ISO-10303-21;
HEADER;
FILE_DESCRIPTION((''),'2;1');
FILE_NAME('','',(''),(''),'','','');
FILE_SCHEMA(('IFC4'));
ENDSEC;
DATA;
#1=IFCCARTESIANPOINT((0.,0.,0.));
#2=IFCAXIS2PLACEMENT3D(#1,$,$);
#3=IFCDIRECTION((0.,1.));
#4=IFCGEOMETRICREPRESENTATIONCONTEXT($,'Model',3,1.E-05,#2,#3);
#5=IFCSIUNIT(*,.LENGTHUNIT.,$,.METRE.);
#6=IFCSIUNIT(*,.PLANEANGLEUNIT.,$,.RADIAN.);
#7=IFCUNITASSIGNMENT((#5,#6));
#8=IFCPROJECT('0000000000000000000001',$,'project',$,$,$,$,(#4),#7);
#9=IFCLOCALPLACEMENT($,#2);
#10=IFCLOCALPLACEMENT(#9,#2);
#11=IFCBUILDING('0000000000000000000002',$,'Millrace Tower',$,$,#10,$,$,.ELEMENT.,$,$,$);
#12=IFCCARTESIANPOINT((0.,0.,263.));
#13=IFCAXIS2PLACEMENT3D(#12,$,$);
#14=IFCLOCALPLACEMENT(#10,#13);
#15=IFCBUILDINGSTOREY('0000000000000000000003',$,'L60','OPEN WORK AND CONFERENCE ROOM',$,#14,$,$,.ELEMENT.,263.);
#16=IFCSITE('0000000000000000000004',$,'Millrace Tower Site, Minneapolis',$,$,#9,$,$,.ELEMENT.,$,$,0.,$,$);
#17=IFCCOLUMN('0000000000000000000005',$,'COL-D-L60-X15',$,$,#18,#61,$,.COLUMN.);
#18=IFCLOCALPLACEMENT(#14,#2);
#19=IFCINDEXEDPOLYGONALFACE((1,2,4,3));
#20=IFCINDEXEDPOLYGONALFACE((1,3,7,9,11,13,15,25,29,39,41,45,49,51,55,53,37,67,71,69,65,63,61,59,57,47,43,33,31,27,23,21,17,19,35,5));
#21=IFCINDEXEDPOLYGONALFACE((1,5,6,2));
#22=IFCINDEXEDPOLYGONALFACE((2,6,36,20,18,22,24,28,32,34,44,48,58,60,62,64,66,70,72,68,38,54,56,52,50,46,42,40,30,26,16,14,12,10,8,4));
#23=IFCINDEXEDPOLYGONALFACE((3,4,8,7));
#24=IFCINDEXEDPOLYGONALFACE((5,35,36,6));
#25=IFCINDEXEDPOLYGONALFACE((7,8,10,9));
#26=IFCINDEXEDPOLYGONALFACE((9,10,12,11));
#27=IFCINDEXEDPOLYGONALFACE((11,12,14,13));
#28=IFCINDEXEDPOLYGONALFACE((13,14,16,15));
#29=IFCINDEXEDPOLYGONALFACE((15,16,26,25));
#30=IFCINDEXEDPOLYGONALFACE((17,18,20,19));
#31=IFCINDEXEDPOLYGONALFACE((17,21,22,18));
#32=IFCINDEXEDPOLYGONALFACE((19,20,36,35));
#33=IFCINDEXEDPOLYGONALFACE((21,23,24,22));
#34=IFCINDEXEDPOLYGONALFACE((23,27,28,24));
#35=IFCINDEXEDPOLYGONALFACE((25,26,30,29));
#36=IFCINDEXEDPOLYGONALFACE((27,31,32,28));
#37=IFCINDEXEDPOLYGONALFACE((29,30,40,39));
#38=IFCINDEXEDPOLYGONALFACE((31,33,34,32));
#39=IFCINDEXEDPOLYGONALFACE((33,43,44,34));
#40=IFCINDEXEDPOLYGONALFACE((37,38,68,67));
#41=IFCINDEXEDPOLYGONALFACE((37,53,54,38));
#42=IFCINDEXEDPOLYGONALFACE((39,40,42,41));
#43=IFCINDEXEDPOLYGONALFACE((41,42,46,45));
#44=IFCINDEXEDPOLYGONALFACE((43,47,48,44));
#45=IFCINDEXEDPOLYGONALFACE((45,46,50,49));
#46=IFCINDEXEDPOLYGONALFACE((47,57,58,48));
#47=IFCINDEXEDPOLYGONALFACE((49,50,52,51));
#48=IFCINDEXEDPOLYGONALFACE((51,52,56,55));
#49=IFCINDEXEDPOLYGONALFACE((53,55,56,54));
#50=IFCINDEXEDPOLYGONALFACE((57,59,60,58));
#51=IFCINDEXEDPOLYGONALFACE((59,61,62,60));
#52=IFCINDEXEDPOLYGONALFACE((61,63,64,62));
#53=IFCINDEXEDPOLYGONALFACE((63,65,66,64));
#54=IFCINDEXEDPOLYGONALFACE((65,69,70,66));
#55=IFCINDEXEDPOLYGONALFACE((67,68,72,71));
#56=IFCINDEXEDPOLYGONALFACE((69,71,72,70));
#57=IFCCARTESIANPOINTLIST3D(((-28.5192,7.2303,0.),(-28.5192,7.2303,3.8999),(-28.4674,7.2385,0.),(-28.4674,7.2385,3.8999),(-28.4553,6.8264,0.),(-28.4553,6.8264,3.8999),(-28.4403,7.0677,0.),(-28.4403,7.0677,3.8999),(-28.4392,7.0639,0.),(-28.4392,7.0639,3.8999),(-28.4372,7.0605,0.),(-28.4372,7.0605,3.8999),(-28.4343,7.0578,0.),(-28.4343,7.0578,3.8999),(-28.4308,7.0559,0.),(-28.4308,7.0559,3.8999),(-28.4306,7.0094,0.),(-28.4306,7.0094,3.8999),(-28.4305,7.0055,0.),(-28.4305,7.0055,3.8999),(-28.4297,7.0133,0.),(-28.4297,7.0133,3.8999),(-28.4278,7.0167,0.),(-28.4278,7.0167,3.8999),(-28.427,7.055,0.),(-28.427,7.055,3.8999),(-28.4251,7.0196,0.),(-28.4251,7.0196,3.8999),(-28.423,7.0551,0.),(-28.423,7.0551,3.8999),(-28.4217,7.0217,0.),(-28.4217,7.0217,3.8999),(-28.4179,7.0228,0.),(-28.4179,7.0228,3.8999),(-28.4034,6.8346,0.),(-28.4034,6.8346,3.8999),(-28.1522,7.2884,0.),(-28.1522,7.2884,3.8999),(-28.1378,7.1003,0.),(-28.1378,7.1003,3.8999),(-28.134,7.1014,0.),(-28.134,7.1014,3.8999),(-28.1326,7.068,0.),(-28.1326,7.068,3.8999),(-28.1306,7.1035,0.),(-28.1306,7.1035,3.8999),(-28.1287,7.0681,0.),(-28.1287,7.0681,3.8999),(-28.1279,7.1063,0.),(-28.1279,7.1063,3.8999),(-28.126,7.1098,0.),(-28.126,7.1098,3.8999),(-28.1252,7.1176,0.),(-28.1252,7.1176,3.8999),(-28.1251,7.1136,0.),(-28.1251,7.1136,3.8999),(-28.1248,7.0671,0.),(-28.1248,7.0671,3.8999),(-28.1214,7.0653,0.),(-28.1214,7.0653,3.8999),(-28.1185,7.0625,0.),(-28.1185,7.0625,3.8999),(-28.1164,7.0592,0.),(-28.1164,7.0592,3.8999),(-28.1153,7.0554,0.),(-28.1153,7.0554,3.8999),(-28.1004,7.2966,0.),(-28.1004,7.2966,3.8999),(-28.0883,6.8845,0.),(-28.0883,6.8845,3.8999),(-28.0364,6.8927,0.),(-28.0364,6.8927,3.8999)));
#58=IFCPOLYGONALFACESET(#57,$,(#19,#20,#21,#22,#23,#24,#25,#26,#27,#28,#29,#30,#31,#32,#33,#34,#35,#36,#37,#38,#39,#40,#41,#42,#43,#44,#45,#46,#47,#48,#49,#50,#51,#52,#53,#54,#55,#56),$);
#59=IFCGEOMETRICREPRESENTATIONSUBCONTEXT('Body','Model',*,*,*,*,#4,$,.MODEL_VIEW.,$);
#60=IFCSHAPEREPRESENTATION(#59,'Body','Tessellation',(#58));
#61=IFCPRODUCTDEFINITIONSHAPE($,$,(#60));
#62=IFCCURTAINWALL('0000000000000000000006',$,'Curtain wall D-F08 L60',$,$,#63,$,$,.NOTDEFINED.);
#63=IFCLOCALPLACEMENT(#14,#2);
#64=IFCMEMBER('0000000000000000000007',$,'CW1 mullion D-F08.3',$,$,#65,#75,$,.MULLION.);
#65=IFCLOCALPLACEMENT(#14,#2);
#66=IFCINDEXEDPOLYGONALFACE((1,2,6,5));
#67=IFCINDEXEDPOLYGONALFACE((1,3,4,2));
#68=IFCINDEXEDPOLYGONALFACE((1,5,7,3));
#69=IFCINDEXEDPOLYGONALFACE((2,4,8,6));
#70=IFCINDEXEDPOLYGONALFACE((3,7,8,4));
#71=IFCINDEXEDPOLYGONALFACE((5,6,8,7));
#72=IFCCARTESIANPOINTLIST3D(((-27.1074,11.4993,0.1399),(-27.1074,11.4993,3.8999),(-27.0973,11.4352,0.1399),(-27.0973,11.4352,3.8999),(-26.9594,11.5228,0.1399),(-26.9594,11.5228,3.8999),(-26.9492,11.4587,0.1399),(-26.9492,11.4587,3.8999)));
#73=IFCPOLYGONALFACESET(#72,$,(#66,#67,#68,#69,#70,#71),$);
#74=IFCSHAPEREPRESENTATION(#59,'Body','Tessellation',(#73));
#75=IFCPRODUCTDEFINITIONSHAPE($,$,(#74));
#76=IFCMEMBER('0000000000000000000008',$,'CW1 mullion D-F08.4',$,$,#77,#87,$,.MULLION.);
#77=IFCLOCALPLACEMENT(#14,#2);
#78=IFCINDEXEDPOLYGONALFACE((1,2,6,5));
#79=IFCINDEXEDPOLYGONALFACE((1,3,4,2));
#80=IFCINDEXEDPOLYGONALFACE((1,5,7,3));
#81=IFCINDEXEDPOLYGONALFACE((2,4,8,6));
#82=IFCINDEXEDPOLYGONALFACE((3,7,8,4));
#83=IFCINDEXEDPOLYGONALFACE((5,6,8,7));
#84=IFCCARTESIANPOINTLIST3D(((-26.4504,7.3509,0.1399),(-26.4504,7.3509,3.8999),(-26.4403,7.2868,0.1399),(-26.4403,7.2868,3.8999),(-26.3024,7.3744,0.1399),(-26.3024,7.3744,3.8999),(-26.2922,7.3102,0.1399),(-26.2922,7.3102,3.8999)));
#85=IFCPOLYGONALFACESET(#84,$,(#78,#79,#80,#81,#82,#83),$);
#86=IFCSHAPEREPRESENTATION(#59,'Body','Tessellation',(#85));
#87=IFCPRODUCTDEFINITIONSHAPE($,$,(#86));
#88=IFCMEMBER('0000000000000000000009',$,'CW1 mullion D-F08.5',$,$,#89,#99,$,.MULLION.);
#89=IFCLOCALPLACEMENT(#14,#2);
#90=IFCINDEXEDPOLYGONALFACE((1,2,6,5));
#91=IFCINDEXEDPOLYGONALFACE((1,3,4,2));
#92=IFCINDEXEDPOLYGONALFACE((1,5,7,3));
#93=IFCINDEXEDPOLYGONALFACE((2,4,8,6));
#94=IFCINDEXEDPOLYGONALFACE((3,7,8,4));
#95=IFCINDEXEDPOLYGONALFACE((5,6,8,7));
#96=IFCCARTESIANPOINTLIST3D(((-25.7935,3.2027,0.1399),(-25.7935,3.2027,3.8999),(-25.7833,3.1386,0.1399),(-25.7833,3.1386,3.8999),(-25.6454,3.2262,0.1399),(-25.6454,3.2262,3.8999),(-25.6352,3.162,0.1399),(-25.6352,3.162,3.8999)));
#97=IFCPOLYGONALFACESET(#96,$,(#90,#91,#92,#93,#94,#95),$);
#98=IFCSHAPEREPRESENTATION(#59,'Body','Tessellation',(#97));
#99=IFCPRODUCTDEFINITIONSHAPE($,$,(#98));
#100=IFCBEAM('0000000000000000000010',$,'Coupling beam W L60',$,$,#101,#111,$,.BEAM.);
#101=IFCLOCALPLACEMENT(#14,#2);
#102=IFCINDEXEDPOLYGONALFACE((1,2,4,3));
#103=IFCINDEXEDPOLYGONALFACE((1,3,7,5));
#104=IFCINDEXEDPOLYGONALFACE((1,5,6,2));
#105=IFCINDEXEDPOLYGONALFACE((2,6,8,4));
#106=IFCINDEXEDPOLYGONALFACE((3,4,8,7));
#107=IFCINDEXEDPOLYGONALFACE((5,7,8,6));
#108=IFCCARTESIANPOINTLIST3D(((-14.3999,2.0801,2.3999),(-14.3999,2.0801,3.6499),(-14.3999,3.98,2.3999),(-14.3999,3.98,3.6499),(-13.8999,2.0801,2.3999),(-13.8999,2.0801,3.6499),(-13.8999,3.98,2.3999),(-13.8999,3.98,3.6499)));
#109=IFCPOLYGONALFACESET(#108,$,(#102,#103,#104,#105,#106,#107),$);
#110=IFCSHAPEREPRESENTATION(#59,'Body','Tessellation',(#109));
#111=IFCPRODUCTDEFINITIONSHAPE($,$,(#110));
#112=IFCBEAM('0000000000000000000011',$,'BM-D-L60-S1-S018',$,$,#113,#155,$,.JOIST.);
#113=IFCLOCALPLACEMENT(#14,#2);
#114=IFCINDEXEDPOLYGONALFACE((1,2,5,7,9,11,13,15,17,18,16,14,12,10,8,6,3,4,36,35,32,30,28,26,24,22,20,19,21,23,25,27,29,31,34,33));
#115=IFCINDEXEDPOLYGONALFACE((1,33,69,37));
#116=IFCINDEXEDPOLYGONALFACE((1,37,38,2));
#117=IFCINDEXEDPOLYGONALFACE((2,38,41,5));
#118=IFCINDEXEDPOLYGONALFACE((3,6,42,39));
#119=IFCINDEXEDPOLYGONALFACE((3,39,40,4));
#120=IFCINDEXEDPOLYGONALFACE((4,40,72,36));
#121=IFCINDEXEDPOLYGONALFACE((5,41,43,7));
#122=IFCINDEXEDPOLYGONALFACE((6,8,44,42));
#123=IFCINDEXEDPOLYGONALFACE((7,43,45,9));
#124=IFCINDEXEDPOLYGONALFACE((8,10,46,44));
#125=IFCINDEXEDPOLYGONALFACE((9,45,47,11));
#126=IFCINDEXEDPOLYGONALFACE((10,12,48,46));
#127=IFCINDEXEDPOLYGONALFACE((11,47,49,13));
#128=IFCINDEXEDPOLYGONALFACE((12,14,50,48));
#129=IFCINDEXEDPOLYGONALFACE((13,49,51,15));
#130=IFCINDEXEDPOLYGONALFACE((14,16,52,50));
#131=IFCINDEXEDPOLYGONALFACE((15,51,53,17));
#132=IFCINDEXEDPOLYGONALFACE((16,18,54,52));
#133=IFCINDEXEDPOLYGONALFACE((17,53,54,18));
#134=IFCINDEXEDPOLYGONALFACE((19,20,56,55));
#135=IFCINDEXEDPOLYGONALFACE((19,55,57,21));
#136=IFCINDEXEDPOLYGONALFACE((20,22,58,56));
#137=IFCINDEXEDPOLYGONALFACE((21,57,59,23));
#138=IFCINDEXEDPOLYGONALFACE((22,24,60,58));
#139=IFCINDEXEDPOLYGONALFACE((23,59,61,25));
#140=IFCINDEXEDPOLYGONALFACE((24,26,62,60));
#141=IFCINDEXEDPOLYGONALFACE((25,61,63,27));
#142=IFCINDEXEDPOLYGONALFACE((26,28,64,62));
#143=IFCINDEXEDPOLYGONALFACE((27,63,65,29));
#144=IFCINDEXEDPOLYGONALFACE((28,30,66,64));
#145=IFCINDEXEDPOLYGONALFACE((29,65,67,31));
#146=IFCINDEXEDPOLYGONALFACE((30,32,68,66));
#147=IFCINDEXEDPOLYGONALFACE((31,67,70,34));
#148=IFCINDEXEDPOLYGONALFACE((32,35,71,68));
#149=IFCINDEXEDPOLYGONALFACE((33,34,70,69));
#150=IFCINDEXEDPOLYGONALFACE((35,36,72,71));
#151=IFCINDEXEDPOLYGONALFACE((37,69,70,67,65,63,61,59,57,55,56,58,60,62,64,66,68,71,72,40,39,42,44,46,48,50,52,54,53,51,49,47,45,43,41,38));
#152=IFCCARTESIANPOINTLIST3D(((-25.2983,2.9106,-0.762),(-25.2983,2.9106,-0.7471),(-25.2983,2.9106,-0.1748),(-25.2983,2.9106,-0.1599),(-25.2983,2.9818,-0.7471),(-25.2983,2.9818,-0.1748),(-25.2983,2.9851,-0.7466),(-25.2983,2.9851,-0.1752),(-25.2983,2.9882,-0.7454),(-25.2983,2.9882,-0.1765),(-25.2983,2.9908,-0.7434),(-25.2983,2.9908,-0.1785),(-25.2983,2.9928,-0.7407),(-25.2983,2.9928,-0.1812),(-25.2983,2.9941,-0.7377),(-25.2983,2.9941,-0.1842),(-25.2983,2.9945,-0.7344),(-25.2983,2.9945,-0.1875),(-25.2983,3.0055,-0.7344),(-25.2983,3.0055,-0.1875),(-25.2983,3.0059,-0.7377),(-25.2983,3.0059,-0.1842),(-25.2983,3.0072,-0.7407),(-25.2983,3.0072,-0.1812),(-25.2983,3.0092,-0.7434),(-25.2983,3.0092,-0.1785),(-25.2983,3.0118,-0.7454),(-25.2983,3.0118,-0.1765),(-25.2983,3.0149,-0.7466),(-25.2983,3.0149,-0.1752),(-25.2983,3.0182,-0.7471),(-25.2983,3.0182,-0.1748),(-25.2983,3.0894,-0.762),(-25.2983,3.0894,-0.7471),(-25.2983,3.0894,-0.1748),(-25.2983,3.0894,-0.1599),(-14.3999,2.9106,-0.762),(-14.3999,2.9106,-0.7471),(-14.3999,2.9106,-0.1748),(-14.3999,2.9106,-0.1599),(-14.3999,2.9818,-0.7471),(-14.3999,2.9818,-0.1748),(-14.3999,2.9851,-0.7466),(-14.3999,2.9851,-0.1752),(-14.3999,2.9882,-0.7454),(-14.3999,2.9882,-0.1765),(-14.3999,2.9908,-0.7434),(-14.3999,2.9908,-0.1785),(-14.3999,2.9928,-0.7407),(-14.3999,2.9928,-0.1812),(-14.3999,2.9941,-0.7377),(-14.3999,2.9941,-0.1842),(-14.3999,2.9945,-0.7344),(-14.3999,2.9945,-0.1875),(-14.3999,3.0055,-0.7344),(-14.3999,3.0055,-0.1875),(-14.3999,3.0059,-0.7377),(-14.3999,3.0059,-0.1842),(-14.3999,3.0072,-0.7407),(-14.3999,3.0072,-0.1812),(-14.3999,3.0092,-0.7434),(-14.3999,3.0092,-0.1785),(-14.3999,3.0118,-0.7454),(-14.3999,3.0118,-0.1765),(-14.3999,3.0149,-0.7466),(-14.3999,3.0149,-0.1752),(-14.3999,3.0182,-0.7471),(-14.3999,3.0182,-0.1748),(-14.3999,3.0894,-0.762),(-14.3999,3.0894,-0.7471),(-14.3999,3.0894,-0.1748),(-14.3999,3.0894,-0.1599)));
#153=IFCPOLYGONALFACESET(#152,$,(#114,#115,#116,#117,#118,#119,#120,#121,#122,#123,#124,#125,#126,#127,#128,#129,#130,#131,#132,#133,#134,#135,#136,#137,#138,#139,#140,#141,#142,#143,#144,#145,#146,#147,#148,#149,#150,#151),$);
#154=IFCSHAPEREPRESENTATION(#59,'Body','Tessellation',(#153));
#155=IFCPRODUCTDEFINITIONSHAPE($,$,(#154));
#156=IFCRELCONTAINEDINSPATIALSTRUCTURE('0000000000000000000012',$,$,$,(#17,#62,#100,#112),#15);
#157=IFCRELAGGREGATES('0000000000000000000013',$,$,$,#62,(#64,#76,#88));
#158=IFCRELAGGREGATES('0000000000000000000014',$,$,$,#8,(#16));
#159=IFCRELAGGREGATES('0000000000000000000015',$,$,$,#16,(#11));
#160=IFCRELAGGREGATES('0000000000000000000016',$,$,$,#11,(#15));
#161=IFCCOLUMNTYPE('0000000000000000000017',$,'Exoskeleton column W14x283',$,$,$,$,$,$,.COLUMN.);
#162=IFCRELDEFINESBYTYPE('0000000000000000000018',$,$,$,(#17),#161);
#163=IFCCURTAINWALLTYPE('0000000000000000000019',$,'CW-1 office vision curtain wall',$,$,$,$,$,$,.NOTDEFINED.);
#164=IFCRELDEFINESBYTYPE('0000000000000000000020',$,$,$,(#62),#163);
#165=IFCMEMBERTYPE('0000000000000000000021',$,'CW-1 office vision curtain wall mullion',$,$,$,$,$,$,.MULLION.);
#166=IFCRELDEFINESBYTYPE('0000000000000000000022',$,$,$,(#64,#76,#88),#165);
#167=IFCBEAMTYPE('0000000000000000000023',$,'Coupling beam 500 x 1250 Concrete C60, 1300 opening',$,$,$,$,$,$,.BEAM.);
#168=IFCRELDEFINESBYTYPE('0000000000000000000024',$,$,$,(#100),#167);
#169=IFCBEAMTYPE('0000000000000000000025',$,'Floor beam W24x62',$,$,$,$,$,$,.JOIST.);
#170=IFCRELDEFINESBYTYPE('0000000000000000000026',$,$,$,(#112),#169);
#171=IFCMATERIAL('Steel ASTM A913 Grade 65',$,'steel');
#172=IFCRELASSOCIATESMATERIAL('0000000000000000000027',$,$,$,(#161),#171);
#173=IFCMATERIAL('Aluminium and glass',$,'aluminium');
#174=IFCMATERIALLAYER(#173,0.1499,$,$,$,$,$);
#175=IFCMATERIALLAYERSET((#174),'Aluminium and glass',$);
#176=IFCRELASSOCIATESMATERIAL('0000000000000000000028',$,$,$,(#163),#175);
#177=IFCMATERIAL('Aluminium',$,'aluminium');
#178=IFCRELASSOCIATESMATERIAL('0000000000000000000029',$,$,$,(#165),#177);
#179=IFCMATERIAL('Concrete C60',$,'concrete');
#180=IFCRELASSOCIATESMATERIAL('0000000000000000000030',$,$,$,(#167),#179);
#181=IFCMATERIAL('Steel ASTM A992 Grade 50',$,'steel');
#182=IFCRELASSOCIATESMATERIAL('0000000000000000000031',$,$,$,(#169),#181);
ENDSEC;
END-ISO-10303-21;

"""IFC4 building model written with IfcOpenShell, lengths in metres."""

from ifc_helpers import new_model, si_unit, direction, frame, origin, origin_2d, place, context, subcontext, project, spatial, rectangle, i_section, extrude, material, layer, layer_set, material_profile, profile_set, type_object, element, aggregate, save


model = new_model("IFC4")

# Units and contexts
model_context = context("Model", 3, precision=1e-05, world=origin(), true_north=direction((0.0, 1.0)))
body_context = subcontext(model_context, "Body", "Model", "MODEL_VIEW")
ifc_project = project(units=[si_unit("LENGTHUNIT", "METRE"), si_unit("PLANEANGLEUNIT", "RADIAN")], contexts=[model_context])

# Site, building, storey
site_placement = place(None, origin())
site = spatial("IfcSite", under=ifc_project, at=site_placement, Name="Millrace Tower Site, Minneapolis", CompositionType="ELEMENT", RefElevation=0.0)
building_placement = place(site_placement, origin())
building = spatial("IfcBuilding", under=site, at=building_placement, Name="Millrace Tower", CompositionType="ELEMENT")
storey_placement = place(building_placement, frame((0.0, 0.0, 263.0)))
storey = spatial("IfcBuildingStorey", under=building, at=storey_placement, Name="L60", Description="OPEN WORK AND CONFERENCE ROOM", CompositionType="ELEMENT", Elevation=263.0)

# Column
ifc_material_1 = material(Name="Steel ASTM A913 Grade 65", Category="steel")
ifc_material_profile_1 = material_profile(ifc_material_1, i_section(OverallWidth=0.4089, OverallDepth=0.4241, WebThickness=0.0327, FlangeThickness=0.0525, FilletRadius=0.0151, at=origin_2d()))
ifc_profile_set_1 = profile_set([ifc_material_profile_1], Name="Steel ASTM A913 Grade 65")
column_type = type_object("IfcColumnType", Name="Exoskeleton column W14x283", PredefinedType="COLUMN", material=ifc_profile_set_1)
column_placement = place(storey_placement, frame((-28.2778, 7.0615, 0.0), z_axis=(0.0, 0.0, 1.0), x_axis=(0.156434, -0.987688, 0.0)))
element("IfcColumn", 1, at=column_placement, inside=storey, type_object=column_type, Name="COL-D-L60-X15", PredefinedType="COLUMN", context=body_context, shape_type="SweptSolid", body=[
    extrude(i_section(OverallWidth=0.4089, OverallDepth=0.4241, WebThickness=0.0327, FlangeThickness=0.0525, FilletRadius=0.0151, at=origin_2d()), origin(), (0.0, 0.0, 1.0), 3.8999),
])

# Curtain wall, members
ifc_material_2 = material(Name="Aluminium and glass", Category="aluminium")
ifc_layer_1 = layer(ifc_material_2, 0.1499)
ifc_layer_set_1 = layer_set([ifc_layer_1], Name="Aluminium and glass")
curtain_wall_type = type_object("IfcCurtainWallType", Name="CW-1 office vision curtain wall", PredefinedType="NOTDEFINED", material=ifc_layer_set_1)
placement = place(storey_placement, origin())
curtain_wall = element("IfcCurtainWall", 2, at=placement, inside=storey, type_object=curtain_wall_type, Name="Curtain wall D-F08 L60", PredefinedType="NOTDEFINED")
ifc_material_3 = material(Name="Aluminium", Category="aluminium")
ifc_material_profile_2 = material_profile(ifc_material_3, rectangle(XDim=0.0649, YDim=0.1499, at=origin_2d()))
ifc_profile_set_2 = profile_set([ifc_material_profile_2], Name="Aluminium")
member_type = type_object("IfcMemberType", Name="CW-1 office vision curtain wall mullion", PredefinedType="MULLION", material=ifc_profile_set_2)
member_1_placement = place(storey_placement, frame((-27.0283, 11.479, 0.1399), z_axis=(0.0, 0.0, 1.0), x_axis=(0.156434, -0.987688, 0.0)))
member_1 = element("IfcMember", 3, at=member_1_placement, type_object=member_type, Name="CW1 mullion D-F08.3", PredefinedType="MULLION", context=body_context, shape_type="SweptSolid", body=[
    extrude(rectangle(XDim=0.0649, YDim=0.1499, at=origin_2d()), origin(), (0.0, 0.0, 1.0), 3.76),
])
member_2_placement = place(storey_placement, frame((-26.3713, 7.3306, 0.1399), z_axis=(0.0, 0.0, 1.0), x_axis=(0.156434, -0.987688, 0.0)))
member_2 = element("IfcMember", 4, at=member_2_placement, type_object=member_type, Name="CW1 mullion D-F08.4", PredefinedType="MULLION", context=body_context, shape_type="SweptSolid", body=[
    extrude(rectangle(XDim=0.0649, YDim=0.1499, at=origin_2d()), origin(), (0.0, 0.0, 1.0), 3.76),
])
member_3_placement = place(storey_placement, frame((-25.7144, 3.1824, 0.1399), z_axis=(0.0, 0.0, 1.0), x_axis=(0.156434, -0.987688, 0.0)))
member_3 = element("IfcMember", 5, at=member_3_placement, type_object=member_type, Name="CW1 mullion D-F08.5", PredefinedType="MULLION", context=body_context, shape_type="SweptSolid", body=[
    extrude(rectangle(XDim=0.0649, YDim=0.1499, at=origin_2d()), origin(), (0.0, 0.0, 1.0), 3.76),
])
aggregate(curtain_wall, [member_1, member_2, member_3])

# Beams
ifc_material_4 = material(Name="Concrete C60", Category="concrete")
ifc_material_profile_3 = material_profile(ifc_material_4, rectangle(XDim=0.5, YDim=1.25, at=origin_2d()))
ifc_profile_set_3 = profile_set([ifc_material_profile_3], Name="Concrete C60")
beam_type_1 = type_object("IfcBeamType", Name="Coupling beam 500 x 1250 Concrete C60, 1300 opening", PredefinedType="BEAM", material=ifc_profile_set_3)
beam_1_placement = place(storey_placement, frame((-14.1499, 2.0801, 3.0249), z_axis=(0.0, 1.0, 0.0), x_axis=(-1.0, 0.0, 0.0)))
element("IfcBeam", 6, at=beam_1_placement, inside=storey, type_object=beam_type_1, Name="Coupling beam W L60", PredefinedType="BEAM", context=body_context, shape_type="SweptSolid", body=[
    extrude(rectangle(XDim=0.5, YDim=1.25, at=origin_2d()), origin(), (0.0, 0.0, 1.0), 1.8999),
])
ifc_material_5 = material(Name="Steel ASTM A992 Grade 50", Category="steel")
ifc_material_profile_4 = material_profile(ifc_material_5, i_section(OverallWidth=0.1787, OverallDepth=0.6021, WebThickness=0.011, FlangeThickness=0.0149, FilletRadius=0.0127, at=origin_2d()))
ifc_profile_set_4 = profile_set([ifc_material_profile_4], Name="Steel ASTM A992 Grade 50")
beam_type_2 = type_object("IfcBeamType", Name="Floor beam W24x62", PredefinedType="JOIST", material=ifc_profile_set_4)
beam_2_placement = place(storey_placement, frame((-25.2983, 3.0, -0.4609), z_axis=(1.0, 0.0, 0.0), x_axis=(0.0, 1.0, 0.0)))
element("IfcBeam", 7, at=beam_2_placement, inside=storey, type_object=beam_type_2, Name="BM-D-L60-S1-S018", PredefinedType="JOIST", context=body_context, shape_type="SweptSolid", body=[
    extrude(i_section(OverallWidth=0.1787, OverallDepth=0.6021, WebThickness=0.011, FlangeThickness=0.0149, FilletRadius=0.0127, at=origin_2d()), origin(), (0.0, 0.0, 1.0), 10.8984),
])

save(model, "model.ifc")
